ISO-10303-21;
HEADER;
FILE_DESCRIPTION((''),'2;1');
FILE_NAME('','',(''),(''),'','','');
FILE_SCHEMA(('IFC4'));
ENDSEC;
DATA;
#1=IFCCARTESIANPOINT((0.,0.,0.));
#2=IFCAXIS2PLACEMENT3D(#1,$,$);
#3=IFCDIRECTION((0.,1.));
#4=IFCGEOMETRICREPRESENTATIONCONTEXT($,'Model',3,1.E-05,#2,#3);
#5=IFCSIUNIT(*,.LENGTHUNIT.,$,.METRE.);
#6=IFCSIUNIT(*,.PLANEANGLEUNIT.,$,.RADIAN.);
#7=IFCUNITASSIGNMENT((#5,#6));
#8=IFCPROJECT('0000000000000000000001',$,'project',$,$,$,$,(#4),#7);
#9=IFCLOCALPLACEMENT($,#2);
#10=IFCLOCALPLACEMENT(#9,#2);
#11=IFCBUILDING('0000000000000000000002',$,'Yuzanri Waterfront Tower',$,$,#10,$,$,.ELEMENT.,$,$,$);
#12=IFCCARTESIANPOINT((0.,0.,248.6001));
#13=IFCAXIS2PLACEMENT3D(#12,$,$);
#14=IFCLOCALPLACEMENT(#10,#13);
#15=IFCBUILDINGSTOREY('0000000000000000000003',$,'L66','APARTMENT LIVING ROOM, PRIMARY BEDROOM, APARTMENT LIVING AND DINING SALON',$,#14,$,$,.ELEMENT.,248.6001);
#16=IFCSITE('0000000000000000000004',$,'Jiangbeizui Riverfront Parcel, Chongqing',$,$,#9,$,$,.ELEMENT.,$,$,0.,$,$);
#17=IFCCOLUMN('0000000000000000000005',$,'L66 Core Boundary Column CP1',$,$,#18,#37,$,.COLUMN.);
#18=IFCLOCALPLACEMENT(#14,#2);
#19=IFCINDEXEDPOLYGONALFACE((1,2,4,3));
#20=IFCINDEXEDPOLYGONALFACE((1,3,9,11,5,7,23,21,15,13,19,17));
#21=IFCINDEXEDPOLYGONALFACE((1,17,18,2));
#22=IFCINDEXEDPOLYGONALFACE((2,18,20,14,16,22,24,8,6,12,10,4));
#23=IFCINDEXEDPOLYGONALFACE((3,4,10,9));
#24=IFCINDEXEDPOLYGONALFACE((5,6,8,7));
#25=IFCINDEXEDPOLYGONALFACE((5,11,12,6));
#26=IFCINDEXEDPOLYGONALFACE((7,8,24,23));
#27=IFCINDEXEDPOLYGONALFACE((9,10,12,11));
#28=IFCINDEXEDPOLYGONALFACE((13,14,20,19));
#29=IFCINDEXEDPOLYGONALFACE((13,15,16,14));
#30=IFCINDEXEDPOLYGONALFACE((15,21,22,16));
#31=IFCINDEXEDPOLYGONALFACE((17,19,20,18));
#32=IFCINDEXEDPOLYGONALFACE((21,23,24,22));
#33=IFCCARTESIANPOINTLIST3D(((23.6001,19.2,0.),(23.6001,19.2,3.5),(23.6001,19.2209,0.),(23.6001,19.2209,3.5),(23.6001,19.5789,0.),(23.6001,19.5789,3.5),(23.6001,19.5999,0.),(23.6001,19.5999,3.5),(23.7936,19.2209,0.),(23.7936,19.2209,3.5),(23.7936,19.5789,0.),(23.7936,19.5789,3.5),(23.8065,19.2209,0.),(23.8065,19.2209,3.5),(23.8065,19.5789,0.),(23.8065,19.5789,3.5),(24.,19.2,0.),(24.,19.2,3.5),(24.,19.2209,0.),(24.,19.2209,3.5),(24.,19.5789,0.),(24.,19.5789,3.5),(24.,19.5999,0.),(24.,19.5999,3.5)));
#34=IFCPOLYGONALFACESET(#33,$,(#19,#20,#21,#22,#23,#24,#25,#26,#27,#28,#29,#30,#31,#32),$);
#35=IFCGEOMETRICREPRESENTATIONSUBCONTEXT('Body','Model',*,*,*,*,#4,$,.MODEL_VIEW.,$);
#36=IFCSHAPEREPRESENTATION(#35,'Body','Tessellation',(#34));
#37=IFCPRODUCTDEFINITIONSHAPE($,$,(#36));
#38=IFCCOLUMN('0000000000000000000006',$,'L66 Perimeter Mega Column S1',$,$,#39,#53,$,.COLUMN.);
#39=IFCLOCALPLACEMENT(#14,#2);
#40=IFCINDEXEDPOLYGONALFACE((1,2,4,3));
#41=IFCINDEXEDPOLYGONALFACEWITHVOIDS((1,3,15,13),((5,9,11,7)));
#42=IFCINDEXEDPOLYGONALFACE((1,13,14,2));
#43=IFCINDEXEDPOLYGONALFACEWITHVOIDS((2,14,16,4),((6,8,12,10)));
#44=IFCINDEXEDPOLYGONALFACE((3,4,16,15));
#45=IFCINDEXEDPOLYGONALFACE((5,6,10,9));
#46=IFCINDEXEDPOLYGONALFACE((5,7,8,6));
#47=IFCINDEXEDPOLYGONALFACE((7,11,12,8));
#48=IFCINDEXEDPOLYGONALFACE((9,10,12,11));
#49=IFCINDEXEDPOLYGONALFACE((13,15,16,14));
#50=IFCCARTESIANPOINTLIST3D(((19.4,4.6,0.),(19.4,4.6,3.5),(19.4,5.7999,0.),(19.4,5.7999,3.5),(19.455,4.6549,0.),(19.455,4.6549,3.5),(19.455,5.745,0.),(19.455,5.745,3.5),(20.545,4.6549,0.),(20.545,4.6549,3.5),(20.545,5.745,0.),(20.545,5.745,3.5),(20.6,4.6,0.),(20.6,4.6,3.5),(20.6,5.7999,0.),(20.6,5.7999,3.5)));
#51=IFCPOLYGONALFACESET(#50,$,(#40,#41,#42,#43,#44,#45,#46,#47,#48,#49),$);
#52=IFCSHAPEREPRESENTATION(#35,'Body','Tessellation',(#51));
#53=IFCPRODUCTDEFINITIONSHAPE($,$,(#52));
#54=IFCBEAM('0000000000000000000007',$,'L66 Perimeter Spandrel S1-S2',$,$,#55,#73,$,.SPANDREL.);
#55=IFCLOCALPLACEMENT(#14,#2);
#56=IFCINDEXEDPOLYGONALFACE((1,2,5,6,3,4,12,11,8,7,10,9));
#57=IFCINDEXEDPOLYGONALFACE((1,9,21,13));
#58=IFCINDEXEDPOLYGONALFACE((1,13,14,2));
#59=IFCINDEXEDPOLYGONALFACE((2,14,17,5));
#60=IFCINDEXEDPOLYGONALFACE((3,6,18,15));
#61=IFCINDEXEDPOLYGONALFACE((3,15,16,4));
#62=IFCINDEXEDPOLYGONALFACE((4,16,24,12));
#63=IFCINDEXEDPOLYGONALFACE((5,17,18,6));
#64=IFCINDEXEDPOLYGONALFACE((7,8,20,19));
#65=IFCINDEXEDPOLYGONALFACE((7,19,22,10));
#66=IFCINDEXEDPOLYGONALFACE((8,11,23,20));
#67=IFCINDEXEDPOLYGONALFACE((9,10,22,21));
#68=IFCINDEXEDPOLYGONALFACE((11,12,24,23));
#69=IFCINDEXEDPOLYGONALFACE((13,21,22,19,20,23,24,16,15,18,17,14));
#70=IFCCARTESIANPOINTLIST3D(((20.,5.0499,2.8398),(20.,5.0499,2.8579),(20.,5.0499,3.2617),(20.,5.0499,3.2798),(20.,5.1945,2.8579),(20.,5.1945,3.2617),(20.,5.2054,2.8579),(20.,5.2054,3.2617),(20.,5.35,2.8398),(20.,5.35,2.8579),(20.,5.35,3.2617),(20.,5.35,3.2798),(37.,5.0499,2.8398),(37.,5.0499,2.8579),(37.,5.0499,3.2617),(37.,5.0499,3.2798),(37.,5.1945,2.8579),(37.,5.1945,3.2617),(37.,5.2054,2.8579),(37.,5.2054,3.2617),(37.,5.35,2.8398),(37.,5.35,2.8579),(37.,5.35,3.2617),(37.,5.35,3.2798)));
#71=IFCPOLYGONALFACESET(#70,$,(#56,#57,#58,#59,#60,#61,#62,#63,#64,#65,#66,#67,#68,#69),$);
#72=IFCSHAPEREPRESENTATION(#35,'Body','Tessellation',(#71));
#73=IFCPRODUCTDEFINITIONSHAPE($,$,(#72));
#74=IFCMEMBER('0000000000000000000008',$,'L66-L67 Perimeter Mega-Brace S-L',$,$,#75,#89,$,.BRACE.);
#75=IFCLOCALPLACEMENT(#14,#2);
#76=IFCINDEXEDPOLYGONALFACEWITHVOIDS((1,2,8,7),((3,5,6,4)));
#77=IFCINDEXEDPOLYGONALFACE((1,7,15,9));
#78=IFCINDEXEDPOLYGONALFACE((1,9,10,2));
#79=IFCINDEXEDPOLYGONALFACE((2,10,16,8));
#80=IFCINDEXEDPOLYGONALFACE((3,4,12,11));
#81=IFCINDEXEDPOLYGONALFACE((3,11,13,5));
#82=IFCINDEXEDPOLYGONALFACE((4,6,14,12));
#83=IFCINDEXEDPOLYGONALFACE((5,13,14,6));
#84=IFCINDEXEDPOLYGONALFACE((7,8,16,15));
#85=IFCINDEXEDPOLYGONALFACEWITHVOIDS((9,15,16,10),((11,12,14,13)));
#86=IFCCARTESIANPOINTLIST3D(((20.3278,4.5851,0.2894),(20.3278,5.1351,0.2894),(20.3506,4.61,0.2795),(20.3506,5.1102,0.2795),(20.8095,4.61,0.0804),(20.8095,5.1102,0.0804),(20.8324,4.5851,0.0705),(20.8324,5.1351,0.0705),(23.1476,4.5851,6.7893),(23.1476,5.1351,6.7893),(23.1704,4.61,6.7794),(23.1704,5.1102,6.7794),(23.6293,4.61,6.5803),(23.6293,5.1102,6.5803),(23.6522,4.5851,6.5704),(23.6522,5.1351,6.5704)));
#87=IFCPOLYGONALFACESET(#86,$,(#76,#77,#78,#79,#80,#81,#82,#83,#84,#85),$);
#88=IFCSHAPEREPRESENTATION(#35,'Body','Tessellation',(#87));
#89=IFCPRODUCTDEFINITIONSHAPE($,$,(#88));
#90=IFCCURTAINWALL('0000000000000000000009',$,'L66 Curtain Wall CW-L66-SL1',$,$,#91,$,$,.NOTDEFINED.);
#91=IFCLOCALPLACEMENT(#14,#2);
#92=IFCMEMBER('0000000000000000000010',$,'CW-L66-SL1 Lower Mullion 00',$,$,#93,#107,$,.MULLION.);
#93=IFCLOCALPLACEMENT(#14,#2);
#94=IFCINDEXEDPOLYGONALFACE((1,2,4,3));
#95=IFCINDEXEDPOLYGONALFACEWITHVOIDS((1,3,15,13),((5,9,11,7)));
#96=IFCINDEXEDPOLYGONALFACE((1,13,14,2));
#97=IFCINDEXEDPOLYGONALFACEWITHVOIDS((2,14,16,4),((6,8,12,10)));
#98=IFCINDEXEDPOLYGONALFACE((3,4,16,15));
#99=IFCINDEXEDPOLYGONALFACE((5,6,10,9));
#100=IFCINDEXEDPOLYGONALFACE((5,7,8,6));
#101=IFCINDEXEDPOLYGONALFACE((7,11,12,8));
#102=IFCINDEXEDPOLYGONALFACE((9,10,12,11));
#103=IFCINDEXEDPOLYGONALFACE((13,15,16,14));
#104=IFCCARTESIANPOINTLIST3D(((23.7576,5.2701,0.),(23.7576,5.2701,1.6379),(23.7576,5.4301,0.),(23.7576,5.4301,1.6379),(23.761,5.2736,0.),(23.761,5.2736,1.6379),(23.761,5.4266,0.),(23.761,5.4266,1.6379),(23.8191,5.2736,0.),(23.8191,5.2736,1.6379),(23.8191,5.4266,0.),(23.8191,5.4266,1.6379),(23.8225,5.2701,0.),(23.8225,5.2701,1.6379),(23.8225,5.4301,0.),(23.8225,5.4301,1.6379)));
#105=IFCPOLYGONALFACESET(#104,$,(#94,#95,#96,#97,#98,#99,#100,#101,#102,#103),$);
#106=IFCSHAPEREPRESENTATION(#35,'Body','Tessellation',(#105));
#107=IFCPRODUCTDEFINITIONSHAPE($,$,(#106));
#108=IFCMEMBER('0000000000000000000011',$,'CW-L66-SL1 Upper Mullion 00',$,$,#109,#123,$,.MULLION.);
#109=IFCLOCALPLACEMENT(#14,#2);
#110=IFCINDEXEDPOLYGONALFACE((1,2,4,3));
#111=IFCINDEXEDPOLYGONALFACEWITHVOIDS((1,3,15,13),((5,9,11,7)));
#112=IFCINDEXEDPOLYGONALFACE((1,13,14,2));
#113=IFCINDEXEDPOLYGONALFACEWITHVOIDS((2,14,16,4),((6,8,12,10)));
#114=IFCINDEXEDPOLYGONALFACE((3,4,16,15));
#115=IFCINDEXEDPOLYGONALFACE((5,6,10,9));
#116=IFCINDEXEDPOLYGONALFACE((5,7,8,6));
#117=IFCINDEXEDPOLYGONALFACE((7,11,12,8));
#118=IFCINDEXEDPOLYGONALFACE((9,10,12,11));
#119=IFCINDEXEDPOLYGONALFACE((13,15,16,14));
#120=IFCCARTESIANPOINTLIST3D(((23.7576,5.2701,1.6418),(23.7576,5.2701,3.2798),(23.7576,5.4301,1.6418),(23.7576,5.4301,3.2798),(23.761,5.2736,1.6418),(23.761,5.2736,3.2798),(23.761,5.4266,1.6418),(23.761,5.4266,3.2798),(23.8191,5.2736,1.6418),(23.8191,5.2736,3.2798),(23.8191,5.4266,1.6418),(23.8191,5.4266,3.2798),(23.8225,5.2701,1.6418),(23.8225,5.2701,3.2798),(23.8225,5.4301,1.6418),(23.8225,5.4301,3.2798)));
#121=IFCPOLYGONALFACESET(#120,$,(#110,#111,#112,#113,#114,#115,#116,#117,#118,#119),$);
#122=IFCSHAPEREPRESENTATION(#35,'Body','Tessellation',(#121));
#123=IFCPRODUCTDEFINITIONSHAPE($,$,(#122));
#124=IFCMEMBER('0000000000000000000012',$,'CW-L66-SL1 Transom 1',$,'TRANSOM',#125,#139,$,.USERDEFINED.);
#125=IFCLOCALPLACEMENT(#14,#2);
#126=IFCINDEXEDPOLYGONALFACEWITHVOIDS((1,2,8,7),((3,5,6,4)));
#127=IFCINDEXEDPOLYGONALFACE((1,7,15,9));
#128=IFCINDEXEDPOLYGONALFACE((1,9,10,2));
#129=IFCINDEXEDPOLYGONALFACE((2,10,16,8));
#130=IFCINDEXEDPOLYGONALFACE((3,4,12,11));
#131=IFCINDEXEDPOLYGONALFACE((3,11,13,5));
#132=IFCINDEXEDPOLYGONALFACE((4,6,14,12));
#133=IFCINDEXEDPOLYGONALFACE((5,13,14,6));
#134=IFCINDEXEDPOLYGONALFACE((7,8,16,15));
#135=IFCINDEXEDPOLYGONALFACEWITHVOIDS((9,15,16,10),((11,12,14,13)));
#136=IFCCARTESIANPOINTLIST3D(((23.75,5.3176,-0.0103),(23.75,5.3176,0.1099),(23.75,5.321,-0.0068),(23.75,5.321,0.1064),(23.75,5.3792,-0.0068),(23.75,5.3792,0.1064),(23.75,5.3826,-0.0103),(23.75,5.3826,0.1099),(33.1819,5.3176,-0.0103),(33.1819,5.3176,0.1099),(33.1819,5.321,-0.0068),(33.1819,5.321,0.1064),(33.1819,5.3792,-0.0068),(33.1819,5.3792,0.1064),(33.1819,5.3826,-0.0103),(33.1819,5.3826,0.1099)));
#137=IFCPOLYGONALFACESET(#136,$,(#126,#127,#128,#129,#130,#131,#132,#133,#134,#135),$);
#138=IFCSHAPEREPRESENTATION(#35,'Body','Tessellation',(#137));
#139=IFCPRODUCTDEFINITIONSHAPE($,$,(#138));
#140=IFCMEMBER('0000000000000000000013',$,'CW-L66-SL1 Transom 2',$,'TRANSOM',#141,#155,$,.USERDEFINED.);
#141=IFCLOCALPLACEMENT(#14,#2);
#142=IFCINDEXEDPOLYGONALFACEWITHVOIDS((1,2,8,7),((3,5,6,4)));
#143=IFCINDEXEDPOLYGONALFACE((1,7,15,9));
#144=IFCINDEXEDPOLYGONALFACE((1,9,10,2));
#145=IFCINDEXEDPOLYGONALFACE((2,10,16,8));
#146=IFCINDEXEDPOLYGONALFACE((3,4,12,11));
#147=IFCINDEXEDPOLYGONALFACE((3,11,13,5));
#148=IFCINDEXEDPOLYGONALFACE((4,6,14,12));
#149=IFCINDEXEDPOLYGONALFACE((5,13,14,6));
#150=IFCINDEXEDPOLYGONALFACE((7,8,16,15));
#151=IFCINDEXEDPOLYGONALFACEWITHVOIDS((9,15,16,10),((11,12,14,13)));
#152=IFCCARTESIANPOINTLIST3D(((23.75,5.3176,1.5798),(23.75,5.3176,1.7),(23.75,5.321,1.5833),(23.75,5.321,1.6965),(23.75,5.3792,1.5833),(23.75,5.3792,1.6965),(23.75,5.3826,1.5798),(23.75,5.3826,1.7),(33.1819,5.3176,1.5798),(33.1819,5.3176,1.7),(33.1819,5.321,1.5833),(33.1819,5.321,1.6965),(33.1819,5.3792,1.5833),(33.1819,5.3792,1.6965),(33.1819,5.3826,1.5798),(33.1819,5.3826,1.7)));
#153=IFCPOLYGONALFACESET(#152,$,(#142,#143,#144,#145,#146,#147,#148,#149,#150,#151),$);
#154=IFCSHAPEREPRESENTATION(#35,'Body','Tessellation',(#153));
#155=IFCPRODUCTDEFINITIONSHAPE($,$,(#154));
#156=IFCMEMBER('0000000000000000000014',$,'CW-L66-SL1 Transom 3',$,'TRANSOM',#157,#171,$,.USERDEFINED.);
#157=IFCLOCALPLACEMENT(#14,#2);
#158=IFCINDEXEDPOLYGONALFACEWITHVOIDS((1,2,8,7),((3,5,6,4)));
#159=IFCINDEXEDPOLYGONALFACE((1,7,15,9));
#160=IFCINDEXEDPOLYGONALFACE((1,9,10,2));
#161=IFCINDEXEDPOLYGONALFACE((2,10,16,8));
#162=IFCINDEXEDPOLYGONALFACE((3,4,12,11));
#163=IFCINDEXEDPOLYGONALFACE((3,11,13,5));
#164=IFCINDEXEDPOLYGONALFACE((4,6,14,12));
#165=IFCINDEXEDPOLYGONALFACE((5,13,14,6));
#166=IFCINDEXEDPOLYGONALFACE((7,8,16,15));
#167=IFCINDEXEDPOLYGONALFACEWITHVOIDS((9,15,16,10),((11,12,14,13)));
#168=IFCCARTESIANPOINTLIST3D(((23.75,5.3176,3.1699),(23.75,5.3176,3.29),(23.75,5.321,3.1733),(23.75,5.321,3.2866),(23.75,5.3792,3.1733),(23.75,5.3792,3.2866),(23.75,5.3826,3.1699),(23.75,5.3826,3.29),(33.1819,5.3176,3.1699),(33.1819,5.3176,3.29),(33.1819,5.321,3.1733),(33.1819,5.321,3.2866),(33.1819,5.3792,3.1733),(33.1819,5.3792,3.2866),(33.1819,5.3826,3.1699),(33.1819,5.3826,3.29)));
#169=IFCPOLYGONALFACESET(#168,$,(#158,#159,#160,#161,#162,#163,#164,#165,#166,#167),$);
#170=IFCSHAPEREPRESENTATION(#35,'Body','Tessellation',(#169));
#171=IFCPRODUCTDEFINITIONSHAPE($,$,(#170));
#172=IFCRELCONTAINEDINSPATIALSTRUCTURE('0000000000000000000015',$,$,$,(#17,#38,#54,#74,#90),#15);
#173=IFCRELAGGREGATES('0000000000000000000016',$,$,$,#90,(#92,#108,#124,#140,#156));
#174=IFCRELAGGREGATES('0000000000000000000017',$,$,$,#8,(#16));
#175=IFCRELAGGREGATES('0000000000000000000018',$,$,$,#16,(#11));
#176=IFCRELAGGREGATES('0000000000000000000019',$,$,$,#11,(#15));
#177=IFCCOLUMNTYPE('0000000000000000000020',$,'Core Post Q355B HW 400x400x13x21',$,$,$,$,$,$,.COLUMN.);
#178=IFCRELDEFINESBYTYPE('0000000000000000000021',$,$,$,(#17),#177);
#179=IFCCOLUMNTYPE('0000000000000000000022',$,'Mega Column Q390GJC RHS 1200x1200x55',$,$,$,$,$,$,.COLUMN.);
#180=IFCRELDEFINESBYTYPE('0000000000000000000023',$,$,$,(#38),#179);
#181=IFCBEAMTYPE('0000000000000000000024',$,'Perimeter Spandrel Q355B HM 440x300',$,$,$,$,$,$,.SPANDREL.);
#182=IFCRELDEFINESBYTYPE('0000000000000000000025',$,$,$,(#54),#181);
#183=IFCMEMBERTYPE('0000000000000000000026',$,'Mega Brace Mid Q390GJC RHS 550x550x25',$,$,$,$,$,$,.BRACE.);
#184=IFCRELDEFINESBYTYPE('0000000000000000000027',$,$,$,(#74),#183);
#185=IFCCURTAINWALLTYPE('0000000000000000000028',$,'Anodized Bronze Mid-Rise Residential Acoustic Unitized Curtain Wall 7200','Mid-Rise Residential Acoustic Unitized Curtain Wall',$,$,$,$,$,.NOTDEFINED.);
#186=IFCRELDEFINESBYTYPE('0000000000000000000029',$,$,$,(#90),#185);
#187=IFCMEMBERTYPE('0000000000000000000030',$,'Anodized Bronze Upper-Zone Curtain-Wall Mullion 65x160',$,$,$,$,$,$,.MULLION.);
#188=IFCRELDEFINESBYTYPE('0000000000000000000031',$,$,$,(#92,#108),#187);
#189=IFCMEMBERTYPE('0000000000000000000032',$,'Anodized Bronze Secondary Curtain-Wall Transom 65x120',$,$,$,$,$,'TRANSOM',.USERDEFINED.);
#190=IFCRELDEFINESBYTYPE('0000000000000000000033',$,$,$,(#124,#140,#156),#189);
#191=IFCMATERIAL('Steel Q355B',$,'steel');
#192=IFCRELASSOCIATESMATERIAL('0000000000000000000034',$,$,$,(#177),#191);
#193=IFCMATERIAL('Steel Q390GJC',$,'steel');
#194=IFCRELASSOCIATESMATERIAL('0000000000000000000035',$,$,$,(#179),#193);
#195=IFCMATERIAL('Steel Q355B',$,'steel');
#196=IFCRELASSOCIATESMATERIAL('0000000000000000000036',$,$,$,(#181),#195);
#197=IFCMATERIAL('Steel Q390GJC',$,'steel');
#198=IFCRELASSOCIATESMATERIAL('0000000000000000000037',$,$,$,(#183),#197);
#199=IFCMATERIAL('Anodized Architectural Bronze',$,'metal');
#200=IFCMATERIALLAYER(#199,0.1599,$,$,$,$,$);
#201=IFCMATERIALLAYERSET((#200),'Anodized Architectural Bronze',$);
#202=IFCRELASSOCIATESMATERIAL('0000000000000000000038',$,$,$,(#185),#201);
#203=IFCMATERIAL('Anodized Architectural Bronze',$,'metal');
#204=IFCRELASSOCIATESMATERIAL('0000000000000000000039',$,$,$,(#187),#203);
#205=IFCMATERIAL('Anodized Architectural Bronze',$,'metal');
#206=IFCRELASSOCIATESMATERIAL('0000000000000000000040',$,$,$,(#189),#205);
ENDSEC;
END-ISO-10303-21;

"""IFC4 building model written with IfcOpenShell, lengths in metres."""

from ifc_helpers import new_model, si_unit, direction, frame, origin, origin_2d, place, context, subcontext, project, spatial, hollow_rectangle, i_section, extrude, source, transform, mapped, material, layer, layer_set, material_profile, profile_set, type_object, element, aggregate, save


model = new_model("IFC4")

# Units and contexts
model_context = context("Model", 3, precision=1e-05, world=origin(), true_north=direction((0.0, 1.0)))
body_context = subcontext(model_context, "Body", "Model", "MODEL_VIEW")
ifc_project = project(units=[si_unit("LENGTHUNIT", "METRE"), si_unit("PLANEANGLEUNIT", "RADIAN")], contexts=[model_context])

# Site, building, storey
site_placement = place(None, origin())
site = spatial("IfcSite", under=ifc_project, at=site_placement, Name="Jiangbeizui Riverfront Parcel, Chongqing", CompositionType="ELEMENT", RefElevation=0.0)
building_placement = place(site_placement, origin())
building = spatial("IfcBuilding", under=site, at=building_placement, Name="Yuzanri Waterfront Tower", CompositionType="ELEMENT")
storey_placement = place(building_placement, frame((0.0, 0.0, 248.6001)))
storey = spatial("IfcBuildingStorey", under=building, at=storey_placement, Name="L66", Description="APARTMENT LIVING ROOM, PRIMARY BEDROOM, APARTMENT LIVING AND DINING SALON", CompositionType="ELEMENT", Elevation=248.6001)

# Columns
ifc_material_1 = material(Name="Steel Q355B", Category="steel")
ifc_material_profile_1 = material_profile(ifc_material_1, i_section(OverallWidth=0.3999, OverallDepth=0.3999, WebThickness=0.0129, FlangeThickness=0.021, at=origin_2d()), Name="HW 400x400x13x21")
ifc_profile_set_1 = profile_set([ifc_material_profile_1], Name="Steel Q355B")
column_type_1 = type_object("IfcColumnType", Name="Core Post Q355B HW 400x400x13x21", PredefinedType="COLUMN", material=ifc_profile_set_1)
shared_shape_1 = source(origin(), body_context, "Body", "SweptSolid", [
    extrude(i_section(OverallWidth=0.3999, OverallDepth=0.3999, WebThickness=0.0129, FlangeThickness=0.021, at=origin_2d()), origin(), (0.0, 0.0, 1.0), 3.5),
])
column_1_placement = place(storey_placement, frame((23.8, 19.3999, 0.0), z_axis=(0.0, 0.0, 1.0), x_axis=(1.0, 0.0, 0.0)))
element("IfcColumn", 1, at=column_1_placement, inside=storey, type_object=column_type_1, Name="L66 Core Boundary Column CP1", PredefinedType="COLUMN", context=body_context, shape_type="MappedRepresentation", body=[
    mapped(shared_shape_1, transform((0.0, 0.0, 0.0), scale=1.0)),
])
ifc_material_2 = material(Name="Steel Q390GJC", Category="steel")
ifc_material_profile_2 = material_profile(ifc_material_2, hollow_rectangle(XDim=1.2, YDim=1.2, WallThickness=0.0549, at=origin_2d()), Name="RHS 1200x1200x55")
ifc_profile_set_2 = profile_set([ifc_material_profile_2], Name="Steel Q390GJC")
column_type_2 = type_object("IfcColumnType", Name="Mega Column Q390GJC RHS 1200x1200x55", PredefinedType="COLUMN", material=ifc_profile_set_2)
shared_shape_2 = source(origin(), body_context, "Body", "SweptSolid", [
    extrude(hollow_rectangle(XDim=1.2, YDim=1.2, WallThickness=0.0549, at=origin_2d()), origin(), (0.0, 0.0, 1.0), 3.5),
])
column_2_placement = place(storey_placement, frame((20.0, 5.2, 0.0), z_axis=(0.0, 0.0, 1.0), x_axis=(1.0, 0.0, 0.0)))
element("IfcColumn", 2, at=column_2_placement, inside=storey, type_object=column_type_2, Name="L66 Perimeter Mega Column S1", PredefinedType="COLUMN", context=body_context, shape_type="MappedRepresentation", body=[
    mapped(shared_shape_2, transform((0.0, 0.0, 0.0), scale=1.0)),
])

# Beam
ifc_material_3 = material(Name="Steel Q355B", Category="steel")
ifc_material_profile_3 = material_profile(ifc_material_3, i_section(OverallWidth=0.3, OverallDepth=0.4399, WebThickness=0.011, FlangeThickness=0.0181, at=origin_2d()), Name="HM 440x300x11x18")
ifc_profile_set_3 = profile_set([ifc_material_profile_3], Name="Steel Q355B")
beam_type = type_object("IfcBeamType", Name="Perimeter Spandrel Q355B HM 440x300", PredefinedType="SPANDREL", material=ifc_profile_set_3)
shared_shape_3 = source(origin(), body_context, "Body", "SweptSolid", [
    extrude(i_section(OverallWidth=0.3, OverallDepth=0.4399, WebThickness=0.011, FlangeThickness=0.0181, at=origin_2d()), origin(), (0.0, 0.0, 1.0), 17.0),
])
beam_placement = place(storey_placement, frame((20.0, 5.2, 3.0598), z_axis=(1.0, 0.0, 0.0), x_axis=(0.0, 1.0, 0.0)))
element("IfcBeam", 3, at=beam_placement, inside=storey, type_object=beam_type, Name="L66 Perimeter Spandrel S1-S2", PredefinedType="SPANDREL", context=body_context, shape_type="MappedRepresentation", body=[
    mapped(shared_shape_3, transform((0.0, 0.0, 0.0), scale=1.0)),
])

# Member
ifc_material_4 = material(Name="Steel Q390GJC", Category="steel")
ifc_material_profile_4 = material_profile(ifc_material_4, hollow_rectangle(XDim=0.55, YDim=0.55, WallThickness=0.0249, at=origin_2d()), Name="RHS 550x550x25")
ifc_profile_set_4 = profile_set([ifc_material_profile_4], Name="Steel Q390GJC")
member_type_1 = type_object("IfcMemberType", Name="Mega Brace Mid Q390GJC RHS 550x550x25", PredefinedType="BRACE", material=ifc_profile_set_4)
shared_shape_4 = source(origin(), body_context, "Body", "SweptSolid", [
    extrude(hollow_rectangle(XDim=0.55, YDim=0.55, WallThickness=0.0249, at=origin_2d()), origin(), (0.0, 0.0, 1.0), 7.0852),
])
member_1_placement = place(storey_placement, frame((20.5801, 4.8601, 0.1799), z_axis=(0.397983, 0.0, 0.917393), x_axis=(0.0, 1.0, 0.0)))
element("IfcMember", 4, at=member_1_placement, inside=storey, type_object=member_type_1, Name="L66-L67 Perimeter Mega-Brace S-L", PredefinedType="BRACE", context=body_context, shape_type="MappedRepresentation", body=[
    mapped(shared_shape_4, transform((0.0, 0.0, 0.0), scale=1.0)),
])

# Curtain wall, members
ifc_material_5 = material(Name="Anodized Architectural Bronze", Category="metal")
ifc_layer_1 = layer(ifc_material_5, 0.1599)
ifc_layer_set_1 = layer_set([ifc_layer_1], Name="Anodized Architectural Bronze")
curtain_wall_type = type_object("IfcCurtainWallType", Name="Anodized Bronze Mid-Rise Residential Acoustic Unitized Curtain Wall 7200", Description="Mid-Rise Residential Acoustic Unitized Curtain Wall", PredefinedType="NOTDEFINED", material=ifc_layer_set_1)
curtain_wall_1_placement = place(storey_placement, origin())
curtain_wall_1 = element("IfcCurtainWall", 5, at=curtain_wall_1_placement, inside=storey, type_object=curtain_wall_type, Name="L66 Curtain Wall CW-L66-SL1", PredefinedType="NOTDEFINED")
ifc_material_6 = material(Name="Anodized Architectural Bronze", Category="metal")
ifc_material_profile_5 = material_profile(ifc_material_6, hollow_rectangle(XDim=0.0649, YDim=0.1599, WallThickness=0.0034, at=origin_2d()), Name="CWM 65x160")
ifc_profile_set_5 = profile_set([ifc_material_profile_5], Name="Anodized Architectural Bronze")
member_type_2 = type_object("IfcMemberType", Name="Anodized Bronze Upper-Zone Curtain-Wall Mullion 65x160", PredefinedType="MULLION", material=ifc_profile_set_5)
shared_shape_5 = source(origin(), body_context, "Body", "SweptSolid", [
    extrude(hollow_rectangle(XDim=0.0649, YDim=0.1599, WallThickness=0.0034, at=origin_2d()), origin(), (0.0, 0.0, 1.0), 1.6379),
])
member_2_placement = place(storey_placement, frame((23.79, 5.3501, 0.0), z_axis=(0.0, 0.0, 1.0), x_axis=(1.0, 0.0, 0.0)))
member_2 = element("IfcMember", 6, at=member_2_placement, type_object=member_type_2, Name="CW-L66-SL1 Lower Mullion 00", PredefinedType="MULLION", context=body_context, shape_type="MappedRepresentation", body=[
    mapped(shared_shape_5, transform((0.0, 0.0, 0.0), scale=1.0)),
])
member_3_placement = place(storey_placement, frame((23.79, 5.3501, 1.6418), z_axis=(0.0, 0.0, 1.0), x_axis=(1.0, 0.0, 0.0)))
member_3 = element("IfcMember", 7, at=member_3_placement, type_object=member_type_2, Name="CW-L66-SL1 Upper Mullion 00", PredefinedType="MULLION", context=body_context, shape_type="MappedRepresentation", body=[
    mapped(shared_shape_5, transform((0.0, 0.0, 0.0), scale=1.0)),
])
ifc_material_7 = material(Name="Anodized Architectural Bronze", Category="metal")
ifc_material_profile_6 = material_profile(ifc_material_7, hollow_rectangle(XDim=0.0649, YDim=0.1201, WallThickness=0.0034, at=origin_2d()), Name="CWT 65x120")
ifc_profile_set_6 = profile_set([ifc_material_profile_6], Name="Anodized Architectural Bronze")
member_type_3 = type_object("IfcMemberType", Name="Anodized Bronze Secondary Curtain-Wall Transom 65x120", ElementType="TRANSOM", PredefinedType="USERDEFINED", material=ifc_profile_set_6)
shared_shape_6 = source(origin(), body_context, "Body", "SweptSolid", [
    extrude(hollow_rectangle(XDim=0.0649, YDim=0.1201, WallThickness=0.0034, at=origin_2d()), origin(), (0.0, 0.0, 1.0), 9.4319),
])
member_4_placement = place(storey_placement, frame((23.75, 5.3501, 0.0498), z_axis=(1.0, 0.0, 0.0), x_axis=(0.0, 1.0, 0.0)))
member_4 = element("IfcMember", 8, at=member_4_placement, type_object=member_type_3, Name="CW-L66-SL1 Transom 1", ObjectType="TRANSOM", PredefinedType="USERDEFINED", context=body_context, shape_type="MappedRepresentation", body=[
    mapped(shared_shape_6, transform((0.0, 0.0, 0.0), scale=1.0)),
])
member_5_placement = place(storey_placement, frame((23.75, 5.3501, 1.6399), z_axis=(1.0, 0.0, 0.0), x_axis=(0.0, 1.0, 0.0)))
member_5 = element("IfcMember", 9, at=member_5_placement, type_object=member_type_3, Name="CW-L66-SL1 Transom 2", ObjectType="TRANSOM", PredefinedType="USERDEFINED", context=body_context, shape_type="MappedRepresentation", body=[
    mapped(shared_shape_6, transform((0.0, 0.0, 0.0), scale=1.0)),
])
member_6_placement = place(storey_placement, frame((23.75, 5.3501, 3.23), z_axis=(1.0, 0.0, 0.0), x_axis=(0.0, 1.0, 0.0)))
member_6 = element("IfcMember", 10, at=member_6_placement, type_object=member_type_3, Name="CW-L66-SL1 Transom 3", ObjectType="TRANSOM", PredefinedType="USERDEFINED", context=body_context, shape_type="MappedRepresentation", body=[
    mapped(shared_shape_6, transform((0.0, 0.0, 0.0), scale=1.0)),
])
aggregate(curtain_wall_1, [member_2, member_3, member_4, member_5, member_6])

save(model, "model.ifc")
